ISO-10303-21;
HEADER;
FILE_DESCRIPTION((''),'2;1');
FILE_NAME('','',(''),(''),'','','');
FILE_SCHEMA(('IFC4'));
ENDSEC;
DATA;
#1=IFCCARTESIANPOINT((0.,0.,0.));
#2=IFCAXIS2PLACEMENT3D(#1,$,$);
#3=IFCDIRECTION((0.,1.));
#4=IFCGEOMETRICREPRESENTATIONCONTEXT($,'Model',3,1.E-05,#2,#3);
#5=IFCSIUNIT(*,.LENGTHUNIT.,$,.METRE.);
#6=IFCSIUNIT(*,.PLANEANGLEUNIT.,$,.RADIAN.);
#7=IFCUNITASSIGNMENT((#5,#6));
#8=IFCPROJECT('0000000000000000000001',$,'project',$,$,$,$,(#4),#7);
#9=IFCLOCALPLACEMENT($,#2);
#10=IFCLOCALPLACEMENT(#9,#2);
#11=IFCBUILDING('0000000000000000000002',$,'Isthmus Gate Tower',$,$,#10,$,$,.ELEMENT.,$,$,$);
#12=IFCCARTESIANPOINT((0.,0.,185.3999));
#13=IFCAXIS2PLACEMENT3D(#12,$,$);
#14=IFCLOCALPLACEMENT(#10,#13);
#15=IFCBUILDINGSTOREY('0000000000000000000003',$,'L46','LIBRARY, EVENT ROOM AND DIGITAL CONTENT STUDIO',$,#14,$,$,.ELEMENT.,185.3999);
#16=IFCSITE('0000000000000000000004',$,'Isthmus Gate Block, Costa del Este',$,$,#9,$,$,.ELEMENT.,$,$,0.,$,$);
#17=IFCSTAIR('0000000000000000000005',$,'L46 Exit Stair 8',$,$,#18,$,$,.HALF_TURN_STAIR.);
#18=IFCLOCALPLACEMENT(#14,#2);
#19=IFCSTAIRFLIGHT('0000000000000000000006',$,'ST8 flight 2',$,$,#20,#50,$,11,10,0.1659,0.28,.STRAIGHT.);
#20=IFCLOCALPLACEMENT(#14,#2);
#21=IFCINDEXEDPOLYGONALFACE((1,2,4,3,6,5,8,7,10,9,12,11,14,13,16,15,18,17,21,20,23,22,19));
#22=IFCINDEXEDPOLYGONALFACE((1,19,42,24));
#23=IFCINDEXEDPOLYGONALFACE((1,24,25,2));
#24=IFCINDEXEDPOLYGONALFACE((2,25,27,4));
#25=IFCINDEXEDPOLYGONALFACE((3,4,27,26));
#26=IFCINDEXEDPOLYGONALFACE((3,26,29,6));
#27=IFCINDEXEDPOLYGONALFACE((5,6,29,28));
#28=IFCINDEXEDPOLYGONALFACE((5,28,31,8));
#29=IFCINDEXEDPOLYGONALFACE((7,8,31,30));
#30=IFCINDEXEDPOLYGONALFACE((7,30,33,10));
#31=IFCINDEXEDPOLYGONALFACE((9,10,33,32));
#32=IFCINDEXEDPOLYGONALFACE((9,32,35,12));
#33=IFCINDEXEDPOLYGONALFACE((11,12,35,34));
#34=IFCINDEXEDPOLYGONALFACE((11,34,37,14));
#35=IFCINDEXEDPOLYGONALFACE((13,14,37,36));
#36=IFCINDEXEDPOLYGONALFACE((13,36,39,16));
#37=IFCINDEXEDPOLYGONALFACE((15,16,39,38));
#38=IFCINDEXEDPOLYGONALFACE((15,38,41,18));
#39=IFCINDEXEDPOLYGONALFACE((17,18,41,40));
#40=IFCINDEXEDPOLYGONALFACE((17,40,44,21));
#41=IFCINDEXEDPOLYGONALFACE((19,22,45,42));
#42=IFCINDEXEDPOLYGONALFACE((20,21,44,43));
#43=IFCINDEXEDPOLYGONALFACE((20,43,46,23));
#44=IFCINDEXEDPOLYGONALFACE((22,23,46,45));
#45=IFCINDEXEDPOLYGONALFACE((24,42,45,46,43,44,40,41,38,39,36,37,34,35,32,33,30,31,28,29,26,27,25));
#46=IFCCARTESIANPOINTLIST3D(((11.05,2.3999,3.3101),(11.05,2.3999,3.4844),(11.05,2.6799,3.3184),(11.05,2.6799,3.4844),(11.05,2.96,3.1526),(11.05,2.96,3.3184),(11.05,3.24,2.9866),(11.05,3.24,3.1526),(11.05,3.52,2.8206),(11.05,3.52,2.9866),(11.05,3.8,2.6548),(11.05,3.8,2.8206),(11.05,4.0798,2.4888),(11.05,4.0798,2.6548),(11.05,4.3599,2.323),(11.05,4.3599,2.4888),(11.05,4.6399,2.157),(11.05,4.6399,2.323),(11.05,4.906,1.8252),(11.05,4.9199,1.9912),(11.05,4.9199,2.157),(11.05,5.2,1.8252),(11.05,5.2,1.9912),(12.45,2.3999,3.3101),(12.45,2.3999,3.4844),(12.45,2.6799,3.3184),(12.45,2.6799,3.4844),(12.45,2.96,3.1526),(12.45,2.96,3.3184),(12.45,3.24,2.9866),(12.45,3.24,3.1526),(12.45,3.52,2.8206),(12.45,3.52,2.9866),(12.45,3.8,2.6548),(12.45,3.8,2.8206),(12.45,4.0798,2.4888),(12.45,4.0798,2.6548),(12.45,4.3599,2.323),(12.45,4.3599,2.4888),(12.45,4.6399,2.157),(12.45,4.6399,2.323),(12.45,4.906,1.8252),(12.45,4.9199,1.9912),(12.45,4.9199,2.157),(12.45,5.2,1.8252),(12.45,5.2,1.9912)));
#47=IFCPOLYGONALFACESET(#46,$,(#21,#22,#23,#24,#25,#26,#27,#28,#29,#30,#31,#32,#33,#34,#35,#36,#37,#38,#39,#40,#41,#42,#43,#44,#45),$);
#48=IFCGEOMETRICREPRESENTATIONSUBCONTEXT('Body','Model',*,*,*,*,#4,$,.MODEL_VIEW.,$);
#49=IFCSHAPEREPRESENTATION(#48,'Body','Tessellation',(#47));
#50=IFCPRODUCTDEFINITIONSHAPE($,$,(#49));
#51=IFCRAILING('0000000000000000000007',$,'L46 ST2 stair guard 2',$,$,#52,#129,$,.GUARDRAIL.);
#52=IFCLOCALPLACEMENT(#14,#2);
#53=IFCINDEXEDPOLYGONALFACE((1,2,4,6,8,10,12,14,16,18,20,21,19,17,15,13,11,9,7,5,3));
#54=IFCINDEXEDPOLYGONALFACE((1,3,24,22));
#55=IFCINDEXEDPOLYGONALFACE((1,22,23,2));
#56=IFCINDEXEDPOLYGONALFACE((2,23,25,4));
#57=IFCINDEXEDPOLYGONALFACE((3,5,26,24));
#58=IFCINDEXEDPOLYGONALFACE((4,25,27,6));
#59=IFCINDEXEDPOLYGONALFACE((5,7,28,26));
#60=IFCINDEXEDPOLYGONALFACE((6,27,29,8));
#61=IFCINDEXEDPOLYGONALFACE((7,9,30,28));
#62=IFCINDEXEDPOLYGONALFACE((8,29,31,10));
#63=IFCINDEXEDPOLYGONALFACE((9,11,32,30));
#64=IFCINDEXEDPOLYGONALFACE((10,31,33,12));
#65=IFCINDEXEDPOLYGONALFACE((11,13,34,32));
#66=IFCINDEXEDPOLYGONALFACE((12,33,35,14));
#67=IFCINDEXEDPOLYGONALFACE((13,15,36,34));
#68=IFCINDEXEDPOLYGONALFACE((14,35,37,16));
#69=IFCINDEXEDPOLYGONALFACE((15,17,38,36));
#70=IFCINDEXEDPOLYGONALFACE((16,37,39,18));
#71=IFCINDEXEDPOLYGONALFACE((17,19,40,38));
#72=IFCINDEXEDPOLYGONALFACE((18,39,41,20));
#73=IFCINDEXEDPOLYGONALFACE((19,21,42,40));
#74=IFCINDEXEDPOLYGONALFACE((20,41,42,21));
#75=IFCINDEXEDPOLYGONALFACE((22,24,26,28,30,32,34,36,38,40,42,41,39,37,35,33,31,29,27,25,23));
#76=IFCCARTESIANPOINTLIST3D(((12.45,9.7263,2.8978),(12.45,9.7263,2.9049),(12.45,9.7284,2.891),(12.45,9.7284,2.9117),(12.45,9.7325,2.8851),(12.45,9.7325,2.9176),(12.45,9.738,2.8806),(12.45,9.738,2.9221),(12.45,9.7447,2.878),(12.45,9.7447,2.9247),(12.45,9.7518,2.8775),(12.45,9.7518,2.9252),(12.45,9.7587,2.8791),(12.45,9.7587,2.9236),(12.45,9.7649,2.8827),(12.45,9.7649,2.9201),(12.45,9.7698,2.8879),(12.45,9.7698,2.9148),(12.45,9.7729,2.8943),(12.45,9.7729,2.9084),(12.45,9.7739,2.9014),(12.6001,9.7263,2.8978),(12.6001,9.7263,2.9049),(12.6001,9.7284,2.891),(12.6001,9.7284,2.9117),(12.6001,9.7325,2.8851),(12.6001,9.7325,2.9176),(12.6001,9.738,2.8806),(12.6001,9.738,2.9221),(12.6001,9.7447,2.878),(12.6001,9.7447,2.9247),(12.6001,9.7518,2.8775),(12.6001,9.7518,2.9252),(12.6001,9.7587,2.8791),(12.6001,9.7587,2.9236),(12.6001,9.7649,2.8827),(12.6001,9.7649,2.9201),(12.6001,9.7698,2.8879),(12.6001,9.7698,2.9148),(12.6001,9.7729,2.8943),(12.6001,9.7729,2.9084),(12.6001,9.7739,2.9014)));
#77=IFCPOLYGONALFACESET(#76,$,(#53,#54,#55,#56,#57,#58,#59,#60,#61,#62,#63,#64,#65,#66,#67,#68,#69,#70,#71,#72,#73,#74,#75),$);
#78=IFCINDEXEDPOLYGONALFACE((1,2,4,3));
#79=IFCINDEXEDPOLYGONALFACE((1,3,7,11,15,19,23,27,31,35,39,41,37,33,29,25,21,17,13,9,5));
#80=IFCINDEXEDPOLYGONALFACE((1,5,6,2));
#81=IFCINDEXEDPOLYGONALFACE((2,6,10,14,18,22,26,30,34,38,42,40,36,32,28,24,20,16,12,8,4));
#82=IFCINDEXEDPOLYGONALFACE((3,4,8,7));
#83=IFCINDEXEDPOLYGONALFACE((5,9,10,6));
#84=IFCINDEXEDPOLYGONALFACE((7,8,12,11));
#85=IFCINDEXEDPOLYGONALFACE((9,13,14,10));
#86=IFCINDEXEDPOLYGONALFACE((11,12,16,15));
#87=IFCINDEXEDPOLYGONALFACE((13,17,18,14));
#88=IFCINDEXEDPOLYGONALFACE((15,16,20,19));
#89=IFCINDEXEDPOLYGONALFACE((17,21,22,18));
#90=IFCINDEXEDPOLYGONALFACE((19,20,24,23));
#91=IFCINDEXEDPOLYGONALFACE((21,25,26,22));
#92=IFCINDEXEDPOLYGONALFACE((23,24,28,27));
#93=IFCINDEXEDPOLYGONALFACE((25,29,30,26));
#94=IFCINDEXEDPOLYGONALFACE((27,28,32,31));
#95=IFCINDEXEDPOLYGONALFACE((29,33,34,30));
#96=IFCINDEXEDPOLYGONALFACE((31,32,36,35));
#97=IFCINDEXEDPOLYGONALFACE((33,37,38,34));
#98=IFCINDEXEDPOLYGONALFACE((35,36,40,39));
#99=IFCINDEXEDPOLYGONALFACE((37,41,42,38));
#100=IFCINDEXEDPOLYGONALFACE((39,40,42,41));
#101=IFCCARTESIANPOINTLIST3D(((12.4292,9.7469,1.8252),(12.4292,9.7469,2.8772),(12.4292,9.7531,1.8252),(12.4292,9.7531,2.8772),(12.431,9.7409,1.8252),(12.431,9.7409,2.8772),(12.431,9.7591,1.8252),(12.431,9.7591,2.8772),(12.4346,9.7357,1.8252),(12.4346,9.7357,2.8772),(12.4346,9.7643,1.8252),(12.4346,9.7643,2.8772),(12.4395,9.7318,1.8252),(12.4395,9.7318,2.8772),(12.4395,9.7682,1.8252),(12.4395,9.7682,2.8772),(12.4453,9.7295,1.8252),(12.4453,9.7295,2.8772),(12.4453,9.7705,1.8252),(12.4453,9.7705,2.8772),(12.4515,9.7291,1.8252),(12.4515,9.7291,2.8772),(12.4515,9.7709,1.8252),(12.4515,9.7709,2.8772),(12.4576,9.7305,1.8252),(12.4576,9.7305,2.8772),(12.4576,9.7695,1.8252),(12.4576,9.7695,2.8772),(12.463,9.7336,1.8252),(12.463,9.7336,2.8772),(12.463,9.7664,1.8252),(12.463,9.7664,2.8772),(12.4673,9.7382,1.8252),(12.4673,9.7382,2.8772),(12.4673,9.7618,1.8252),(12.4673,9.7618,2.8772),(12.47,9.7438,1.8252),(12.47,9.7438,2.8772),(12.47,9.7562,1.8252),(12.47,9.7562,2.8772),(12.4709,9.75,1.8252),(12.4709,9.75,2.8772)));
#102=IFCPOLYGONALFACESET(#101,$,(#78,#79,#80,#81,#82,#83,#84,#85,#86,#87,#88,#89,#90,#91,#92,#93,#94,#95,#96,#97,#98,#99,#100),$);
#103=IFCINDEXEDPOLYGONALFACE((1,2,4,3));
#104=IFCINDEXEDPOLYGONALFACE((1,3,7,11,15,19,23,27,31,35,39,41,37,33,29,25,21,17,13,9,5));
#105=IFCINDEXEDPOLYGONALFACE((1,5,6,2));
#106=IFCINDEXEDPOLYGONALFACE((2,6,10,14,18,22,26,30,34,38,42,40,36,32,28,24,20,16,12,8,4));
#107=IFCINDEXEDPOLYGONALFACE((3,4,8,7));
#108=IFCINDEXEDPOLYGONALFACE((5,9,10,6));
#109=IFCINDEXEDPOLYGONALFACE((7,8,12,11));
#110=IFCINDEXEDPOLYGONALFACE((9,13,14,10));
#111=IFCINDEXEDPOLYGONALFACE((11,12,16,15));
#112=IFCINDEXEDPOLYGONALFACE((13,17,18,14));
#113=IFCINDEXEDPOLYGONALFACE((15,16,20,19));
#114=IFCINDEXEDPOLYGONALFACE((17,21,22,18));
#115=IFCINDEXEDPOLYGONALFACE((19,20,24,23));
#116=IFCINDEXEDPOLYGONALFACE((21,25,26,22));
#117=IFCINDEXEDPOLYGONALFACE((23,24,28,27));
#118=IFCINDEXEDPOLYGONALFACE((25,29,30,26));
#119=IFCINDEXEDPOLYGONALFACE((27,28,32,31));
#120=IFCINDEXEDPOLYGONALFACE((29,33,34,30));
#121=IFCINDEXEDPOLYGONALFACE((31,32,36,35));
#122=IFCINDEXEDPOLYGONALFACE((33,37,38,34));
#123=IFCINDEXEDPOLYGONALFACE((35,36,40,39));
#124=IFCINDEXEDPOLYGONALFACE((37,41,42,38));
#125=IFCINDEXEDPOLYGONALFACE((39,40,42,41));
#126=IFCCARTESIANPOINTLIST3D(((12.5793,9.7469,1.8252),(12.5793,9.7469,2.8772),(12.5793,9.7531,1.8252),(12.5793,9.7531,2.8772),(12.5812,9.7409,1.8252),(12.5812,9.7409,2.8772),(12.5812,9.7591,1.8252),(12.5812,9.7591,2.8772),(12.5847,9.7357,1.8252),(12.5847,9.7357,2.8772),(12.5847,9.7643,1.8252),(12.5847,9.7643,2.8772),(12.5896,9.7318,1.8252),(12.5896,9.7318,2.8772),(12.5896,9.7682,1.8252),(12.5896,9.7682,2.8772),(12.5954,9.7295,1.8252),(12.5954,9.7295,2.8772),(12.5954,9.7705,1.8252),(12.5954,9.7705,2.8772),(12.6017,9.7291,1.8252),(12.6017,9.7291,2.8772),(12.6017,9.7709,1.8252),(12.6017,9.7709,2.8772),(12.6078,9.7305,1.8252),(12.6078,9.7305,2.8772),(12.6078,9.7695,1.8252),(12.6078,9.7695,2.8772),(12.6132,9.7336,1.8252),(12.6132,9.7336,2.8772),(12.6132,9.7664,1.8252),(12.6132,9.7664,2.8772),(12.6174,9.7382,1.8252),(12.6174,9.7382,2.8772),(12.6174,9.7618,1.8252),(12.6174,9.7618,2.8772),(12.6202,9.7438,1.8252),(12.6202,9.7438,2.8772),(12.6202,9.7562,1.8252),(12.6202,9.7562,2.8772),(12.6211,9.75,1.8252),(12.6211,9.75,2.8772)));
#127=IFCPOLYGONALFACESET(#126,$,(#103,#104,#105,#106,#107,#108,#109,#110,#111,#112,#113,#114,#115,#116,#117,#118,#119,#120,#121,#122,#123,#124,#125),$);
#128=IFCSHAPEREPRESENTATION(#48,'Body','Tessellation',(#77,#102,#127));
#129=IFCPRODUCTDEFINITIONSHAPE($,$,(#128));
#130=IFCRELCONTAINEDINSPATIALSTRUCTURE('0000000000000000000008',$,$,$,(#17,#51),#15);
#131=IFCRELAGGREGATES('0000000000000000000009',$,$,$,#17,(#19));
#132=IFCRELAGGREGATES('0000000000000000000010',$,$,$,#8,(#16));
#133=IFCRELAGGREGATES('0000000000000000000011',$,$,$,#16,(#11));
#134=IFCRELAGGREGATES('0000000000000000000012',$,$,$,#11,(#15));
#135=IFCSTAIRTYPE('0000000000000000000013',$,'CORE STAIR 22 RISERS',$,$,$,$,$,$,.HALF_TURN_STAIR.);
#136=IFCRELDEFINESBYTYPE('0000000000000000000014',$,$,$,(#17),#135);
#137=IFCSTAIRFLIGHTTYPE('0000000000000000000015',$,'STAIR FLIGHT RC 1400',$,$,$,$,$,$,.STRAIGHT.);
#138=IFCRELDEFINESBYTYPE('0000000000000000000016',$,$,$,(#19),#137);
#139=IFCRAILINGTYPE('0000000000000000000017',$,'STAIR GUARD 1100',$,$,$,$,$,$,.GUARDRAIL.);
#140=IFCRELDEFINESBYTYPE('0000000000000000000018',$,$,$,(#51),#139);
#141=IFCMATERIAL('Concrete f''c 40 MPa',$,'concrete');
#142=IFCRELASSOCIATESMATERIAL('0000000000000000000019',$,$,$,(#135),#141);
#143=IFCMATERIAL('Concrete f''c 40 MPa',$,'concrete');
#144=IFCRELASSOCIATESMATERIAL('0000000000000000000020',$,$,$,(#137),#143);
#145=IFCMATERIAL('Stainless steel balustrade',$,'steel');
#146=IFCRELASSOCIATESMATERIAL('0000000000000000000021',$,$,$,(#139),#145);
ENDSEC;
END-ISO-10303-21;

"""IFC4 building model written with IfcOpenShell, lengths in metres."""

from ifc_helpers import new_model, si_unit, direction, frame, origin, origin_2d, place, context, subcontext, project, spatial, polyline, circle, outline, extrude, material, type_object, element, aggregate, save


model = new_model("IFC4")

# Units and contexts
model_context = context("Model", 3, precision=1e-05, world=origin(), true_north=direction((0.0, 1.0)))
body_context = subcontext(model_context, "Body", "Model", "MODEL_VIEW")
ifc_project = project(units=[si_unit("LENGTHUNIT", "METRE"), si_unit("PLANEANGLEUNIT", "RADIAN")], contexts=[model_context])

# Site, building, storey
site_placement = place(None, origin())
site = spatial("IfcSite", under=ifc_project, at=site_placement, Name="Isthmus Gate Block, Costa del Este", CompositionType="ELEMENT", RefElevation=0.0)
building_placement = place(site_placement, origin())
building = spatial("IfcBuilding", under=site, at=building_placement, Name="Isthmus Gate Tower", CompositionType="ELEMENT")
storey_placement = place(building_placement, frame((0.0, 0.0, 185.3999)))
storey = spatial("IfcBuildingStorey", under=building, at=storey_placement, Name="L46", Description="LIBRARY, EVENT ROOM AND DIGITAL CONTENT STUDIO", CompositionType="ELEMENT", Elevation=185.3999)

# Stair, stair flight
ifc_material_1 = material(Name="Concrete f'c 40 MPa", Category="concrete")
stair_type = type_object("IfcStairType", Name="CORE STAIR 22 RISERS", PredefinedType="HALF_TURN_STAIR", material=ifc_material_1)
stair_placement = place(storey_placement, origin())
stair = element("IfcStair", 1, at=stair_placement, inside=storey, type_object=stair_type, Name="L46 Exit Stair 8", PredefinedType="HALF_TURN_STAIR")
ifc_material_2 = material(Name="Concrete f'c 40 MPa", Category="concrete")
stair_flight_type = type_object("IfcStairFlightType", Name="STAIR FLIGHT RC 1400", PredefinedType="STRAIGHT", material=ifc_material_2)
stair_flight_placement = place(storey_placement, frame((11.75, 5.2, 1.8252), z_axis=(0.0, 0.0, 1.0), x_axis=(0.0, -1.0, 0.0)))
stair_flight = element("IfcStairFlight", 2, at=stair_flight_placement, type_object=stair_flight_type, Name="ST8 flight 2", NumberOfRisers=11, NumberOfTreads=10, PredefinedType="STRAIGHT", RiserHeight=0.1659, TreadLength=0.28, context=body_context, shape_type="SweptSolid", body=[
    extrude(outline(polyline([(0.0, 0.0), (0.0, 0.166), (0.28, 0.166), (0.28, 0.3318), (0.5601, 0.3318), (0.5601, 0.4978), (0.8401, 0.4978), (0.8401, 0.6636), (1.1201, 0.6636), (1.1201, 0.8296), (1.3999, 0.8296), (1.3999, 0.9954), (1.6799, 0.9954), (1.6799, 1.1614), (1.96, 1.1614), (1.96, 1.3274), (2.24, 1.3274), (2.24, 1.4932), (2.52, 1.4932), (2.52, 1.6592), (2.8, 1.6592), (2.8, 1.825), (2.8, 1.4849), (0.2939, 0.0), (0.0, 0.0)])), frame((0.0, 0.7, 0.0), z_axis=(0.0, -1.0, 0.0), x_axis=(1.0, 0.0, 0.0)), (0.0, 0.0, 1.0), 1.3999),
])
aggregate(stair, [stair_flight])

# Railing
ifc_material_3 = material(Name="Stainless steel balustrade", Category="steel")
railing_type_1 = type_object("IfcRailingType", Name="STAIR GUARD 1100", PredefinedType="GUARDRAIL", material=ifc_material_3)
railing_1_placement = place(storey_placement, frame((12.45, 9.75, 1.8252)))
element("IfcRailing", 3, at=railing_1_placement, inside=storey, type_object=railing_type_1, Name="L46 ST2 stair guard 2", PredefinedType="GUARDRAIL", context=body_context, shape_type="SweptSolid", body=[
    extrude(circle(Radius=0.0239, at=origin_2d()), frame((0.0, 0.0, 1.0762), z_axis=(1.0, 0.0, 0.0), x_axis=(0.0, 1.0, 0.0)), (0.0, 0.0, 1.0), 0.1501),
    extrude(circle(Radius=0.021, at=origin_2d()), origin(), (0.0, 0.0, 1.0), 1.052),
    extrude(circle(Radius=0.021, at=origin_2d()), frame((0.1501, 0.0, 0.0)), (0.0, 0.0, 1.0), 1.052),
])

save(model, "model.ifc")
